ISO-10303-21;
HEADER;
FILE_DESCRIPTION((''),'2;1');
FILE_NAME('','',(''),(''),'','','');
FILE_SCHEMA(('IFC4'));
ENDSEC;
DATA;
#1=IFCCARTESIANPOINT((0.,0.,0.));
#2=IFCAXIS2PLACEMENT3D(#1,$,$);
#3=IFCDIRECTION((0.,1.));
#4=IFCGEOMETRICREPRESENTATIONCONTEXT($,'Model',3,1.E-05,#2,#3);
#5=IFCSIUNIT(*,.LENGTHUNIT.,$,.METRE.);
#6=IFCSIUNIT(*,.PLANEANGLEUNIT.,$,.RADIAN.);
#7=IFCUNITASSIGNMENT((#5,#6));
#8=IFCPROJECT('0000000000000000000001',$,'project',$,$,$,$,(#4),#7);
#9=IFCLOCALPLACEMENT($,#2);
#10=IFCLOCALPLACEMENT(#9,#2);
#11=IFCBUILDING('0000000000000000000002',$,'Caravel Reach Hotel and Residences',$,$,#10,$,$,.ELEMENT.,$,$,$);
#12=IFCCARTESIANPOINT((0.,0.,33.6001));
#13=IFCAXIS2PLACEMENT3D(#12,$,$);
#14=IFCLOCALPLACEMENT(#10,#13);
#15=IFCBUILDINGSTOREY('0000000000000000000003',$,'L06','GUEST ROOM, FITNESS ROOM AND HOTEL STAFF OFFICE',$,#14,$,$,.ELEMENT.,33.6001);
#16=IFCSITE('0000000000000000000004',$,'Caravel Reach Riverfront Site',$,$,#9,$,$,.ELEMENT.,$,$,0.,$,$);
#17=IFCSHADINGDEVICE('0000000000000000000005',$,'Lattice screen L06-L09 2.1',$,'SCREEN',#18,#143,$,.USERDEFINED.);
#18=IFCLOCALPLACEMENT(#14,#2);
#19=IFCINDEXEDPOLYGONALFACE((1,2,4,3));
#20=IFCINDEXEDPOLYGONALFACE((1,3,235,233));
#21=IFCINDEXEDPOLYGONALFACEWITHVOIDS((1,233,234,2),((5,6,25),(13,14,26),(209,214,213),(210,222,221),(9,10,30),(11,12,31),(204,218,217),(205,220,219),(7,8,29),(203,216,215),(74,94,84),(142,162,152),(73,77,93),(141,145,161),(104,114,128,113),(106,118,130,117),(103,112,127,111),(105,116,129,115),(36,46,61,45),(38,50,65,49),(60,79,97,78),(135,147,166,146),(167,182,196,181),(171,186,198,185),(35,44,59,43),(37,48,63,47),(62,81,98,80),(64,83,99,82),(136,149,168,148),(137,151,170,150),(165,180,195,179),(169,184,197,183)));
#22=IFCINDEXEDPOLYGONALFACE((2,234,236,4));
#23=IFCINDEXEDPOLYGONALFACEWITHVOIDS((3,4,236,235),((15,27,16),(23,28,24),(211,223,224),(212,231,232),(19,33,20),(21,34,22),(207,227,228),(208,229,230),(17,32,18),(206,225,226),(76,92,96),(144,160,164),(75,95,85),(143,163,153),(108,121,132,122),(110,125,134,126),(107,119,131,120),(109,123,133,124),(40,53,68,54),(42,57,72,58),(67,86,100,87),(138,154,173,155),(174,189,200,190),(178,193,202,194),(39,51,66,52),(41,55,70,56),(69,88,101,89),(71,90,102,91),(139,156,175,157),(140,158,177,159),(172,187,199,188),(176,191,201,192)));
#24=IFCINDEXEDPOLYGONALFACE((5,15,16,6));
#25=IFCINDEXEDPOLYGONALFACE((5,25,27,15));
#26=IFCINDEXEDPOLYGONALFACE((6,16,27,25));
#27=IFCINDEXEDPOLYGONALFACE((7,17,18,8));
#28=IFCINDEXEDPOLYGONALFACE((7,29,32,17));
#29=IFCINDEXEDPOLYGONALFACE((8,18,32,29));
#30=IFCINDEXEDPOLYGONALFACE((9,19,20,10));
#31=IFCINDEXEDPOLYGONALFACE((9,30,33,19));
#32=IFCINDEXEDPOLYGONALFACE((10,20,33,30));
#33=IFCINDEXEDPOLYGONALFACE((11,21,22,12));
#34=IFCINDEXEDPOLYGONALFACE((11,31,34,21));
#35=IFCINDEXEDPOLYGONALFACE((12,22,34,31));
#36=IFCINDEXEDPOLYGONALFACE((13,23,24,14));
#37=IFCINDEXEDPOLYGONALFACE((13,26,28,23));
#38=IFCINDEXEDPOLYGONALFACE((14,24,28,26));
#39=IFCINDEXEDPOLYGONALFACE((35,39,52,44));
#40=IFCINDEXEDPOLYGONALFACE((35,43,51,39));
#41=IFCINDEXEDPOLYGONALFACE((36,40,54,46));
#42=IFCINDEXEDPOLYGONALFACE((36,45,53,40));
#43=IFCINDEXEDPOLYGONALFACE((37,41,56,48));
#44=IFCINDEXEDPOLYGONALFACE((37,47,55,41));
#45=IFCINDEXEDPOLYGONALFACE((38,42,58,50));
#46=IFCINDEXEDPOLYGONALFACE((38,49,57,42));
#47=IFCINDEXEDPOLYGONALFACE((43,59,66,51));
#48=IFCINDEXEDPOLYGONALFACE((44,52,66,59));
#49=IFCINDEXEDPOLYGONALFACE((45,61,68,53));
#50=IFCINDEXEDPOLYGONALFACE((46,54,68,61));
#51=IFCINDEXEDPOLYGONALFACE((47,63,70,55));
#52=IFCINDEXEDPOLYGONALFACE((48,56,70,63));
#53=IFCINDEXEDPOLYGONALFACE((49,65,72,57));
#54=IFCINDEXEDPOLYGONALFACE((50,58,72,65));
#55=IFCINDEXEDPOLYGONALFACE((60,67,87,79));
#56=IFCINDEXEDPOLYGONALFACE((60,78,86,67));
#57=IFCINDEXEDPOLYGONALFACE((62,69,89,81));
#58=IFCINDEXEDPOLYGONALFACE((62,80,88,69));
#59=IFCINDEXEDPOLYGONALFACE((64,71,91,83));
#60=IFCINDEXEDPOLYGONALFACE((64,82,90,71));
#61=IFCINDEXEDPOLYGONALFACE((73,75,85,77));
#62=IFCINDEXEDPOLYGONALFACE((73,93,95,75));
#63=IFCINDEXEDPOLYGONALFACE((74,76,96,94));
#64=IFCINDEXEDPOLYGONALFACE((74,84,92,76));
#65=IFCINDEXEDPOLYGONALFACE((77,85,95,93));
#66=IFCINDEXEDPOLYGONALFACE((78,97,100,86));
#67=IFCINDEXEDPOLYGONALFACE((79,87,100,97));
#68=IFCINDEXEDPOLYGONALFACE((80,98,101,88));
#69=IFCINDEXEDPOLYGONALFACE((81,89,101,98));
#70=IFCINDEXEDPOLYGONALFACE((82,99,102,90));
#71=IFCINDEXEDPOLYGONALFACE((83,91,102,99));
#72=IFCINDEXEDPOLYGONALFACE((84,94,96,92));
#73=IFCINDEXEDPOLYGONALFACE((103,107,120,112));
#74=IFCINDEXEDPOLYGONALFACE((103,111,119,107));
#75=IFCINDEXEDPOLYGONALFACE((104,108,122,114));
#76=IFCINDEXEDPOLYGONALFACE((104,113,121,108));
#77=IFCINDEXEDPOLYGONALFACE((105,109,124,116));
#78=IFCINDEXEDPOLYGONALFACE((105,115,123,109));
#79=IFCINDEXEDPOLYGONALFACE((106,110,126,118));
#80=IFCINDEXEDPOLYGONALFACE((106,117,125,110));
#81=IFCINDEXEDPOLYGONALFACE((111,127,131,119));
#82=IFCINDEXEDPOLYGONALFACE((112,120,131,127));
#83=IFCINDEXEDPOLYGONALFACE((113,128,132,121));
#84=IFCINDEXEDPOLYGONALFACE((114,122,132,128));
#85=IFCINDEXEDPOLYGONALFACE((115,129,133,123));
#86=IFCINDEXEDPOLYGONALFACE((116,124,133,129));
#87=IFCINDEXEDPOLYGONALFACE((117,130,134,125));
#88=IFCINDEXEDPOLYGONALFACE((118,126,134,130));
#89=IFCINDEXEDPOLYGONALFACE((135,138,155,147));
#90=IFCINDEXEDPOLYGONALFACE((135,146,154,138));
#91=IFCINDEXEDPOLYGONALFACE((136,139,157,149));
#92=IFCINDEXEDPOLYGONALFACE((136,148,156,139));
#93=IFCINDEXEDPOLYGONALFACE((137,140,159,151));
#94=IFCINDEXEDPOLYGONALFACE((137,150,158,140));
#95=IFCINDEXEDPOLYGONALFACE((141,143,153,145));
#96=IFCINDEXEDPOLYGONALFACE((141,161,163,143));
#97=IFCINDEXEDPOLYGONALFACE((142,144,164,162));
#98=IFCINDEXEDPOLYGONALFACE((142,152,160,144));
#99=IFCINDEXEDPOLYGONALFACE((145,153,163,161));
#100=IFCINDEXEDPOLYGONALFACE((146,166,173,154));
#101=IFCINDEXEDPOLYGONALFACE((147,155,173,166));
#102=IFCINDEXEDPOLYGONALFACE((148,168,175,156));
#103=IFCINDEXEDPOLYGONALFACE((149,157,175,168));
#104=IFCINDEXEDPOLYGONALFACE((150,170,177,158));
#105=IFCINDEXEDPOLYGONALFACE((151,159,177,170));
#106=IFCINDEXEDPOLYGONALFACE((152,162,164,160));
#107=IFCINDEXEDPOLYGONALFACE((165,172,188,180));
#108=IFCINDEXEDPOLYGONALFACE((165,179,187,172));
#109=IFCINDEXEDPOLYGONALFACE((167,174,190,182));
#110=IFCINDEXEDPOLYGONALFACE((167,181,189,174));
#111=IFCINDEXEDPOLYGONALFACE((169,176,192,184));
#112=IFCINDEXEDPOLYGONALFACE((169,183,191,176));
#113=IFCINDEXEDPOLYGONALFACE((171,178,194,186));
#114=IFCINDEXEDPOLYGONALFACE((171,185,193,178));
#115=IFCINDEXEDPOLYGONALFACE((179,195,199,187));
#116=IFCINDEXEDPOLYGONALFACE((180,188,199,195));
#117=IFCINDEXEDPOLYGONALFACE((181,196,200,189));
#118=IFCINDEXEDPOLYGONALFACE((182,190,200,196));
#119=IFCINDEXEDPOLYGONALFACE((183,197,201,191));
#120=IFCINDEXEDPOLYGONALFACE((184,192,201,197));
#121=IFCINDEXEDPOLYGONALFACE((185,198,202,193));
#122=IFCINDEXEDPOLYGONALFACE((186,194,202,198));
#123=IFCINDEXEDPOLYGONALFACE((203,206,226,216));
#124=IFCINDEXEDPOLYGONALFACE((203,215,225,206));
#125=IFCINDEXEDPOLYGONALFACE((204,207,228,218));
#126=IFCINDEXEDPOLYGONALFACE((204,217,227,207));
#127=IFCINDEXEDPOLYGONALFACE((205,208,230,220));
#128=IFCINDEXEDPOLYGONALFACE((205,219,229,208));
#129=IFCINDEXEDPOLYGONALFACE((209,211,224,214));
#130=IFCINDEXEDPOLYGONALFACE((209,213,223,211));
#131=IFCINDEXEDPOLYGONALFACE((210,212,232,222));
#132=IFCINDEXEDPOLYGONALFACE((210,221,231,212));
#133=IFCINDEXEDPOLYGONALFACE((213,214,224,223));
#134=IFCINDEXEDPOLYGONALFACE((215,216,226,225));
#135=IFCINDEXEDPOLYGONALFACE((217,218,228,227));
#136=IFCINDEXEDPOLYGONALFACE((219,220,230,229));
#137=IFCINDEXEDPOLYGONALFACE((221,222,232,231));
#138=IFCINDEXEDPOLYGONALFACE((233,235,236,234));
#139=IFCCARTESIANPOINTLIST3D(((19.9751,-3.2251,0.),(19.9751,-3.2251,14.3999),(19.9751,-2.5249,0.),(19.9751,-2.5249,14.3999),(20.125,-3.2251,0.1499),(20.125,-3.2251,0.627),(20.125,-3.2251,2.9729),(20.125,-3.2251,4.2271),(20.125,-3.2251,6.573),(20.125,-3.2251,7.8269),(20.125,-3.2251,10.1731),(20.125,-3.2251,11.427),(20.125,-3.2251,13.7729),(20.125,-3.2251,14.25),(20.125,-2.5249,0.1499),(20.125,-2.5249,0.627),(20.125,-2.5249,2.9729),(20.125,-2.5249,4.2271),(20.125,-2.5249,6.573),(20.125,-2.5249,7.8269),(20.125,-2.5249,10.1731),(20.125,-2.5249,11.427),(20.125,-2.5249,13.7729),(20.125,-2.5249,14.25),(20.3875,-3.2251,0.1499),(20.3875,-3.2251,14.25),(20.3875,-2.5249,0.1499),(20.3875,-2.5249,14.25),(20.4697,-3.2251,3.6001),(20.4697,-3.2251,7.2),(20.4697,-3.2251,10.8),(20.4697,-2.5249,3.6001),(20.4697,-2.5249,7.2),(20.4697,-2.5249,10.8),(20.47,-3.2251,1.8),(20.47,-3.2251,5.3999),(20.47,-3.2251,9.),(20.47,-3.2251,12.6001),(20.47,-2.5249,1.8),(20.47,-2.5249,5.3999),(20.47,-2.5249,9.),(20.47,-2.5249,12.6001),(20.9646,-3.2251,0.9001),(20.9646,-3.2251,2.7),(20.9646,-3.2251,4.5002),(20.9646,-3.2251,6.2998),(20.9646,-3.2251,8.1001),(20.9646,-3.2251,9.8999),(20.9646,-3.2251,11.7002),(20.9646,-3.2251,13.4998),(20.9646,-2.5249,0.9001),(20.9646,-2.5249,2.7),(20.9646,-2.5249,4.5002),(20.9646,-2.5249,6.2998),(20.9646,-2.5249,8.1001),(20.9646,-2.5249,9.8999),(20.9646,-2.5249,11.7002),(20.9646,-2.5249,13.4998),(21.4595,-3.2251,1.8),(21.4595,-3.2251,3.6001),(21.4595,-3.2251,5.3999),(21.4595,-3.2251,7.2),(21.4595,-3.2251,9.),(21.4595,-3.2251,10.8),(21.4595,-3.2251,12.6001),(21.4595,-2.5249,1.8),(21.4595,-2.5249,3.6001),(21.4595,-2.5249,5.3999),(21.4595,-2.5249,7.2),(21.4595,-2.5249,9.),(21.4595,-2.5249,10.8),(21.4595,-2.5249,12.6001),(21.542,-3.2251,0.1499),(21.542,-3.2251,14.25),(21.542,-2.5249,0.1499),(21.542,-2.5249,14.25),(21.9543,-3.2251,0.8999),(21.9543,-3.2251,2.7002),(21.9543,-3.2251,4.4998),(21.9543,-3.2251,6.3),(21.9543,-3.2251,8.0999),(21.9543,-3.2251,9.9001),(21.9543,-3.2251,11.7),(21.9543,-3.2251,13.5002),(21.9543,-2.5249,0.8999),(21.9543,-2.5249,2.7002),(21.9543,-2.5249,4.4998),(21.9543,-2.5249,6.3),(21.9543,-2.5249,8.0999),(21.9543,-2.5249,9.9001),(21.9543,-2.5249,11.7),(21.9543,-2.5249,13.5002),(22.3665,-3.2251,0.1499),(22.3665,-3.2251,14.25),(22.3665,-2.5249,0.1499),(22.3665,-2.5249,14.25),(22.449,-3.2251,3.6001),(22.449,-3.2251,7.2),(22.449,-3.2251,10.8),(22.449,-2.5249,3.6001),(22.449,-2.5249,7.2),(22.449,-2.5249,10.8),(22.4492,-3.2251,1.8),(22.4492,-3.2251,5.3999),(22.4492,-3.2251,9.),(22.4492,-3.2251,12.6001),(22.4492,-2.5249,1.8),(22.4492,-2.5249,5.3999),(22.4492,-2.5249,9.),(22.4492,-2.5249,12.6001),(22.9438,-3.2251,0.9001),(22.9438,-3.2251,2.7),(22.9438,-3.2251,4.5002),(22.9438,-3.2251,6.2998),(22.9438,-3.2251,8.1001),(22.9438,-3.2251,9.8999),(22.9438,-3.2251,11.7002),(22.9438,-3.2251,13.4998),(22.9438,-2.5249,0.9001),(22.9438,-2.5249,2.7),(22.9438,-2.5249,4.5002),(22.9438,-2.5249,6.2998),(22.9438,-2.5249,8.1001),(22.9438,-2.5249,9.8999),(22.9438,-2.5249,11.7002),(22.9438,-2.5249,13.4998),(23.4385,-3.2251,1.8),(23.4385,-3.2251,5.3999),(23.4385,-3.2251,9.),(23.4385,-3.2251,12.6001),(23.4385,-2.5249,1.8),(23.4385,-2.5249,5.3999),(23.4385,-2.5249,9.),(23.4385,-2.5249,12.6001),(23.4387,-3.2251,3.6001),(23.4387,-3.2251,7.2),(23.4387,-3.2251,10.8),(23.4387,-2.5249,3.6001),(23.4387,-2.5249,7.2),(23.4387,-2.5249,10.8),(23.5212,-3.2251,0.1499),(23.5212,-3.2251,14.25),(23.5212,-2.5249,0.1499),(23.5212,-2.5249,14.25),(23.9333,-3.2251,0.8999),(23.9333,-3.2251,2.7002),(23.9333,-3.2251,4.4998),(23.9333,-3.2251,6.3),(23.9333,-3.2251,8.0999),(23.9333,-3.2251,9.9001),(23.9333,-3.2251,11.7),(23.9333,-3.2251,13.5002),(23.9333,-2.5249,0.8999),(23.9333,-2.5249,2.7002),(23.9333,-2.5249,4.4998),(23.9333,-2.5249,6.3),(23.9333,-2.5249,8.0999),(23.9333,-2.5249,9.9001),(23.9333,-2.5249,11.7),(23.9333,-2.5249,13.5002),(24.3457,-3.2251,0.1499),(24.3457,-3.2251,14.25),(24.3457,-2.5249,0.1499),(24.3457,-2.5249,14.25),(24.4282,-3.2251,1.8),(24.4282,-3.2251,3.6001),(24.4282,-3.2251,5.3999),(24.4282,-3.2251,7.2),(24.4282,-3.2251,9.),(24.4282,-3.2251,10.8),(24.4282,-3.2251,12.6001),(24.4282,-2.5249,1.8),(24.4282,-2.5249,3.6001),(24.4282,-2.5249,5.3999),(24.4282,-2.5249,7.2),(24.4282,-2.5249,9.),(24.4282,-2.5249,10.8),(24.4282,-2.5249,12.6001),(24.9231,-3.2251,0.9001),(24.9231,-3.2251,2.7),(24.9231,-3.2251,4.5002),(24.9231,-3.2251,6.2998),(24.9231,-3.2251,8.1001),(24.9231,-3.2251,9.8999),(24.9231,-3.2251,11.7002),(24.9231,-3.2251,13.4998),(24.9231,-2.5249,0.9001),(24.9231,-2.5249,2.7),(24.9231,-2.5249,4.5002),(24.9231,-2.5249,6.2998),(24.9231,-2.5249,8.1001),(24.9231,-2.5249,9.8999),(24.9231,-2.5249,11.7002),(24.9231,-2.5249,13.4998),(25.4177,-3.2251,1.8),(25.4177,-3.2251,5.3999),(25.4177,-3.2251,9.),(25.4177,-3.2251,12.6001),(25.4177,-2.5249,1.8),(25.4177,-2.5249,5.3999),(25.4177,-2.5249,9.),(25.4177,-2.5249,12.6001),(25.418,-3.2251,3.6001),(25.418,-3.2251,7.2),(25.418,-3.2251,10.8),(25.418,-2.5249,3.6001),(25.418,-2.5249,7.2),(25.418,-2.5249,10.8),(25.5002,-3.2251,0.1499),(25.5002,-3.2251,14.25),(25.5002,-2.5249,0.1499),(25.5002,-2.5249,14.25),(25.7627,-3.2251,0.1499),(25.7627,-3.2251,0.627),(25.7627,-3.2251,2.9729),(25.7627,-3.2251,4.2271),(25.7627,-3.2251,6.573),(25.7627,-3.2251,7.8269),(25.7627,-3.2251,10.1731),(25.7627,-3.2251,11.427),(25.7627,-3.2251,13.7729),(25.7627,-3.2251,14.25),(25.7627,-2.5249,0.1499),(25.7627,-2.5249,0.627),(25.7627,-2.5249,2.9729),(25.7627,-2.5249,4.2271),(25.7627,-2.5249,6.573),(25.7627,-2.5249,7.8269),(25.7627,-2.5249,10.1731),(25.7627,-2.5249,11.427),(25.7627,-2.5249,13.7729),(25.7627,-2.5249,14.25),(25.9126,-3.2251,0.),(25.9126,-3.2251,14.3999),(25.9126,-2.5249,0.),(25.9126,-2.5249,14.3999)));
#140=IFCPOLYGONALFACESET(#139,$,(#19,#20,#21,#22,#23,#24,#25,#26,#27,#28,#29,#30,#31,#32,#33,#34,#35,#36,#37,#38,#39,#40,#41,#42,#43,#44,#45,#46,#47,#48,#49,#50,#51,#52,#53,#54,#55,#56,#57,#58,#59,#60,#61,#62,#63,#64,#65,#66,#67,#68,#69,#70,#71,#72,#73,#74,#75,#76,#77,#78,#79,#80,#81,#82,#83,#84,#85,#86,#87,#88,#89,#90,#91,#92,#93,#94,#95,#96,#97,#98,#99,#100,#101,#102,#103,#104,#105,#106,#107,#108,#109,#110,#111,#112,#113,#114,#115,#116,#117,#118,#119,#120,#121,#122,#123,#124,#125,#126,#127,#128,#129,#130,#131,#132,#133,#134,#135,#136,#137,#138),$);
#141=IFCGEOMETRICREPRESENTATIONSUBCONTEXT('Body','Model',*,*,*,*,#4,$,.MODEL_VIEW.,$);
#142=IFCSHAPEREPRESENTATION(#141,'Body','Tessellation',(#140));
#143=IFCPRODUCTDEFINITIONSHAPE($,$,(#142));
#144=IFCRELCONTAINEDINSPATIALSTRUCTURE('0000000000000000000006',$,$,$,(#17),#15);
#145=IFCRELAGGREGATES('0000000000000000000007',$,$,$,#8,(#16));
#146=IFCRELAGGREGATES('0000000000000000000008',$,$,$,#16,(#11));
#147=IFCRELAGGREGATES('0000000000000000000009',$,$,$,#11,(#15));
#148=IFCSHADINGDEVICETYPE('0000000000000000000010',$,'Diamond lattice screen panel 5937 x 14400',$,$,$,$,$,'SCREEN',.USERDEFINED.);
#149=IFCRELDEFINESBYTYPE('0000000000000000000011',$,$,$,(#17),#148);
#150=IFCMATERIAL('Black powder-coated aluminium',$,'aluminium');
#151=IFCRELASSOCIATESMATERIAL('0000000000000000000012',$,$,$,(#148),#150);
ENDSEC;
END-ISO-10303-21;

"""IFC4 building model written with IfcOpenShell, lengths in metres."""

from ifc_helpers import new_model, si_unit, direction, frame, origin, place, context, subcontext, project, spatial, polyline, outline, extrude, material, type_object, element, save


model = new_model("IFC4")

# Units and contexts
model_context = context("Model", 3, precision=1e-05, world=origin(), true_north=direction((0.0, 1.0)))
body_context = subcontext(model_context, "Body", "Model", "MODEL_VIEW")
ifc_project = project(units=[si_unit("LENGTHUNIT", "METRE"), si_unit("PLANEANGLEUNIT", "RADIAN")], contexts=[model_context])

# Site, building, storey
site_placement = place(None, origin())
site = spatial("IfcSite", under=ifc_project, at=site_placement, Name="Caravel Reach Riverfront Site", CompositionType="ELEMENT", RefElevation=0.0)
building_placement = place(site_placement, origin())
building = spatial("IfcBuilding", under=site, at=building_placement, Name="Caravel Reach Hotel and Residences", CompositionType="ELEMENT")
storey_placement = place(building_placement, frame((0.0, 0.0, 33.6001)))
storey = spatial("IfcBuildingStorey", under=building, at=storey_placement, Name="L06", Description="GUEST ROOM, FITNESS ROOM AND HOTEL STAFF OFFICE", CompositionType="ELEMENT", Elevation=33.6001)

# Shading device
ifc_material_1 = material(Name="Black powder-coated aluminium", Category="aluminium")
shading_device_type_1 = type_object("IfcShadingDeviceType", Name="Diamond lattice screen panel 5937 x 14400", ElementType="SCREEN", PredefinedType="USERDEFINED", material=ifc_material_1)
shading_device_1_placement = place(storey_placement, frame((19.9751, -2.5249, 0.0), z_axis=(0.0, -1.0, 0.0), x_axis=(1.0, 0.0, 0.0)))
element("IfcShadingDevice", 1, at=shading_device_1_placement, inside=storey, type_object=shading_device_type_1, Name="Lattice screen L06-L09 2.1", ObjectType="SCREEN", PredefinedType="USERDEFINED", context=body_context, shape_type="SweptSolid", body=[
    extrude(outline(polyline([(0.0, 0.0), (5.9375, 0.0), (5.9375, 14.3999), (0.0, 14.3999), (0.0, 0.0)]), holes=[polyline([(0.4124, 0.1499), (0.1499, 0.627), (0.1499, 0.1499), (0.4124, 0.1499)]), polyline([(0.4946, 3.6001), (0.1499, 4.2271), (0.1499, 2.9729), (0.4946, 3.6001)]), polyline([(0.4946, 7.2), (0.1499, 7.8269), (0.1499, 6.573), (0.4946, 7.2)]), polyline([(0.4946, 10.8), (0.1499, 11.427), (0.1499, 10.1731), (0.4946, 10.8)]), polyline([(0.1499, 13.7729), (0.4124, 14.25), (0.1499, 14.25), (0.1499, 13.7729)]), polyline([(0.9895, 2.7), (0.4949, 1.8), (0.9895, 0.9001), (1.4844, 1.8), (0.9895, 2.7)]), polyline([(0.9895, 6.2998), (0.4949, 5.3999), (0.9895, 4.5002), (1.4844, 5.3999), (0.9895, 6.2998)]), polyline([(0.9895, 9.8999), (0.4949, 9.0), (0.9895, 8.1001), (1.4844, 9.0), (0.9895, 9.8999)]), polyline([(0.9895, 13.4998), (0.4949, 12.6001), (0.9895, 11.7002), (1.4844, 12.6001), (0.9895, 13.4998)]), polyline([(1.9792, 0.8999), (1.5669, 0.1499), (2.3914, 0.1499), (1.9792, 0.8999)]), polyline([(1.9792, 4.4998), (1.4844, 3.6001), (1.9792, 2.7002), (2.4739, 3.6001), (1.9792, 4.4998)]), polyline([(1.9792, 8.0999), (1.4844, 7.2), (1.9792, 6.3), (2.4739, 7.2), (1.9792, 8.0999)]), polyline([(1.9792, 11.7), (1.4844, 10.8), (1.9792, 9.9001), (2.4739, 10.8), (1.9792, 11.7)]), polyline([(1.9792, 13.5002), (2.3914, 14.25), (1.5669, 14.25), (1.9792, 13.5002)]), polyline([(2.9688, 2.7), (2.4741, 1.8), (2.9688, 0.9001), (3.4634, 1.8), (2.9688, 2.7)]), polyline([(2.9688, 6.2998), (2.4741, 5.3999), (2.9688, 4.5002), (3.4634, 5.3999), (2.9688, 6.2998)]), polyline([(2.9688, 9.8999), (2.4741, 9.0), (2.9688, 8.1001), (3.4634, 9.0), (2.9688, 9.8999)]), polyline([(2.9688, 13.4998), (2.4741, 12.6001), (2.9688, 11.7002), (3.4634, 12.6001), (2.9688, 13.4998)]), polyline([(3.9583, 0.8999), (3.5461, 0.1499), (4.3706, 0.1499), (3.9583, 0.8999)]), polyline([(3.9583, 4.4998), (3.4636, 3.6001), (3.9583, 2.7002), (4.4531, 3.6001), (3.9583, 4.4998)]), polyline([(3.9583, 8.0999), (3.4636, 7.2), (3.9583, 6.3), (4.4531, 7.2), (3.9583, 8.0999)]), polyline([(3.9583, 11.7), (3.4636, 10.8), (3.9583, 9.9001), (4.4531, 10.8), (3.9583, 11.7)]), polyline([(3.9583, 13.5002), (4.3706, 14.25), (3.5461, 14.25), (3.9583, 13.5002)]), polyline([(4.948, 2.7), (4.4531, 1.8), (4.948, 0.9001), (5.4426, 1.8), (4.948, 2.7)]), polyline([(4.948, 6.2998), (4.4531, 5.3999), (4.948, 4.5002), (5.4426, 5.3999), (4.948, 6.2998)]), polyline([(4.948, 9.8999), (4.4531, 9.0), (4.948, 8.1001), (5.4426, 9.0), (4.948, 9.8999)]), polyline([(4.948, 13.4998), (4.4531, 12.6001), (4.948, 11.7002), (5.4426, 12.6001), (4.948, 13.4998)]), polyline([(5.7876, 0.627), (5.5251, 0.1499), (5.7876, 0.1499), (5.7876, 0.627)]), polyline([(5.4429, 3.6001), (5.7876, 2.9729), (5.7876, 4.2271), (5.4429, 3.6001)]), polyline([(5.4429, 7.2), (5.7876, 6.573), (5.7876, 7.8269), (5.4429, 7.2)]), polyline([(5.4429, 10.8), (5.7876, 10.1731), (5.7876, 11.427), (5.4429, 10.8)]), polyline([(5.5251, 14.25), (5.7876, 13.7729), (5.7876, 14.25), (5.5251, 14.25)])]), origin(), (0.0, 0.0, 1.0), 0.7002),
])

save(model, "model.ifc")
